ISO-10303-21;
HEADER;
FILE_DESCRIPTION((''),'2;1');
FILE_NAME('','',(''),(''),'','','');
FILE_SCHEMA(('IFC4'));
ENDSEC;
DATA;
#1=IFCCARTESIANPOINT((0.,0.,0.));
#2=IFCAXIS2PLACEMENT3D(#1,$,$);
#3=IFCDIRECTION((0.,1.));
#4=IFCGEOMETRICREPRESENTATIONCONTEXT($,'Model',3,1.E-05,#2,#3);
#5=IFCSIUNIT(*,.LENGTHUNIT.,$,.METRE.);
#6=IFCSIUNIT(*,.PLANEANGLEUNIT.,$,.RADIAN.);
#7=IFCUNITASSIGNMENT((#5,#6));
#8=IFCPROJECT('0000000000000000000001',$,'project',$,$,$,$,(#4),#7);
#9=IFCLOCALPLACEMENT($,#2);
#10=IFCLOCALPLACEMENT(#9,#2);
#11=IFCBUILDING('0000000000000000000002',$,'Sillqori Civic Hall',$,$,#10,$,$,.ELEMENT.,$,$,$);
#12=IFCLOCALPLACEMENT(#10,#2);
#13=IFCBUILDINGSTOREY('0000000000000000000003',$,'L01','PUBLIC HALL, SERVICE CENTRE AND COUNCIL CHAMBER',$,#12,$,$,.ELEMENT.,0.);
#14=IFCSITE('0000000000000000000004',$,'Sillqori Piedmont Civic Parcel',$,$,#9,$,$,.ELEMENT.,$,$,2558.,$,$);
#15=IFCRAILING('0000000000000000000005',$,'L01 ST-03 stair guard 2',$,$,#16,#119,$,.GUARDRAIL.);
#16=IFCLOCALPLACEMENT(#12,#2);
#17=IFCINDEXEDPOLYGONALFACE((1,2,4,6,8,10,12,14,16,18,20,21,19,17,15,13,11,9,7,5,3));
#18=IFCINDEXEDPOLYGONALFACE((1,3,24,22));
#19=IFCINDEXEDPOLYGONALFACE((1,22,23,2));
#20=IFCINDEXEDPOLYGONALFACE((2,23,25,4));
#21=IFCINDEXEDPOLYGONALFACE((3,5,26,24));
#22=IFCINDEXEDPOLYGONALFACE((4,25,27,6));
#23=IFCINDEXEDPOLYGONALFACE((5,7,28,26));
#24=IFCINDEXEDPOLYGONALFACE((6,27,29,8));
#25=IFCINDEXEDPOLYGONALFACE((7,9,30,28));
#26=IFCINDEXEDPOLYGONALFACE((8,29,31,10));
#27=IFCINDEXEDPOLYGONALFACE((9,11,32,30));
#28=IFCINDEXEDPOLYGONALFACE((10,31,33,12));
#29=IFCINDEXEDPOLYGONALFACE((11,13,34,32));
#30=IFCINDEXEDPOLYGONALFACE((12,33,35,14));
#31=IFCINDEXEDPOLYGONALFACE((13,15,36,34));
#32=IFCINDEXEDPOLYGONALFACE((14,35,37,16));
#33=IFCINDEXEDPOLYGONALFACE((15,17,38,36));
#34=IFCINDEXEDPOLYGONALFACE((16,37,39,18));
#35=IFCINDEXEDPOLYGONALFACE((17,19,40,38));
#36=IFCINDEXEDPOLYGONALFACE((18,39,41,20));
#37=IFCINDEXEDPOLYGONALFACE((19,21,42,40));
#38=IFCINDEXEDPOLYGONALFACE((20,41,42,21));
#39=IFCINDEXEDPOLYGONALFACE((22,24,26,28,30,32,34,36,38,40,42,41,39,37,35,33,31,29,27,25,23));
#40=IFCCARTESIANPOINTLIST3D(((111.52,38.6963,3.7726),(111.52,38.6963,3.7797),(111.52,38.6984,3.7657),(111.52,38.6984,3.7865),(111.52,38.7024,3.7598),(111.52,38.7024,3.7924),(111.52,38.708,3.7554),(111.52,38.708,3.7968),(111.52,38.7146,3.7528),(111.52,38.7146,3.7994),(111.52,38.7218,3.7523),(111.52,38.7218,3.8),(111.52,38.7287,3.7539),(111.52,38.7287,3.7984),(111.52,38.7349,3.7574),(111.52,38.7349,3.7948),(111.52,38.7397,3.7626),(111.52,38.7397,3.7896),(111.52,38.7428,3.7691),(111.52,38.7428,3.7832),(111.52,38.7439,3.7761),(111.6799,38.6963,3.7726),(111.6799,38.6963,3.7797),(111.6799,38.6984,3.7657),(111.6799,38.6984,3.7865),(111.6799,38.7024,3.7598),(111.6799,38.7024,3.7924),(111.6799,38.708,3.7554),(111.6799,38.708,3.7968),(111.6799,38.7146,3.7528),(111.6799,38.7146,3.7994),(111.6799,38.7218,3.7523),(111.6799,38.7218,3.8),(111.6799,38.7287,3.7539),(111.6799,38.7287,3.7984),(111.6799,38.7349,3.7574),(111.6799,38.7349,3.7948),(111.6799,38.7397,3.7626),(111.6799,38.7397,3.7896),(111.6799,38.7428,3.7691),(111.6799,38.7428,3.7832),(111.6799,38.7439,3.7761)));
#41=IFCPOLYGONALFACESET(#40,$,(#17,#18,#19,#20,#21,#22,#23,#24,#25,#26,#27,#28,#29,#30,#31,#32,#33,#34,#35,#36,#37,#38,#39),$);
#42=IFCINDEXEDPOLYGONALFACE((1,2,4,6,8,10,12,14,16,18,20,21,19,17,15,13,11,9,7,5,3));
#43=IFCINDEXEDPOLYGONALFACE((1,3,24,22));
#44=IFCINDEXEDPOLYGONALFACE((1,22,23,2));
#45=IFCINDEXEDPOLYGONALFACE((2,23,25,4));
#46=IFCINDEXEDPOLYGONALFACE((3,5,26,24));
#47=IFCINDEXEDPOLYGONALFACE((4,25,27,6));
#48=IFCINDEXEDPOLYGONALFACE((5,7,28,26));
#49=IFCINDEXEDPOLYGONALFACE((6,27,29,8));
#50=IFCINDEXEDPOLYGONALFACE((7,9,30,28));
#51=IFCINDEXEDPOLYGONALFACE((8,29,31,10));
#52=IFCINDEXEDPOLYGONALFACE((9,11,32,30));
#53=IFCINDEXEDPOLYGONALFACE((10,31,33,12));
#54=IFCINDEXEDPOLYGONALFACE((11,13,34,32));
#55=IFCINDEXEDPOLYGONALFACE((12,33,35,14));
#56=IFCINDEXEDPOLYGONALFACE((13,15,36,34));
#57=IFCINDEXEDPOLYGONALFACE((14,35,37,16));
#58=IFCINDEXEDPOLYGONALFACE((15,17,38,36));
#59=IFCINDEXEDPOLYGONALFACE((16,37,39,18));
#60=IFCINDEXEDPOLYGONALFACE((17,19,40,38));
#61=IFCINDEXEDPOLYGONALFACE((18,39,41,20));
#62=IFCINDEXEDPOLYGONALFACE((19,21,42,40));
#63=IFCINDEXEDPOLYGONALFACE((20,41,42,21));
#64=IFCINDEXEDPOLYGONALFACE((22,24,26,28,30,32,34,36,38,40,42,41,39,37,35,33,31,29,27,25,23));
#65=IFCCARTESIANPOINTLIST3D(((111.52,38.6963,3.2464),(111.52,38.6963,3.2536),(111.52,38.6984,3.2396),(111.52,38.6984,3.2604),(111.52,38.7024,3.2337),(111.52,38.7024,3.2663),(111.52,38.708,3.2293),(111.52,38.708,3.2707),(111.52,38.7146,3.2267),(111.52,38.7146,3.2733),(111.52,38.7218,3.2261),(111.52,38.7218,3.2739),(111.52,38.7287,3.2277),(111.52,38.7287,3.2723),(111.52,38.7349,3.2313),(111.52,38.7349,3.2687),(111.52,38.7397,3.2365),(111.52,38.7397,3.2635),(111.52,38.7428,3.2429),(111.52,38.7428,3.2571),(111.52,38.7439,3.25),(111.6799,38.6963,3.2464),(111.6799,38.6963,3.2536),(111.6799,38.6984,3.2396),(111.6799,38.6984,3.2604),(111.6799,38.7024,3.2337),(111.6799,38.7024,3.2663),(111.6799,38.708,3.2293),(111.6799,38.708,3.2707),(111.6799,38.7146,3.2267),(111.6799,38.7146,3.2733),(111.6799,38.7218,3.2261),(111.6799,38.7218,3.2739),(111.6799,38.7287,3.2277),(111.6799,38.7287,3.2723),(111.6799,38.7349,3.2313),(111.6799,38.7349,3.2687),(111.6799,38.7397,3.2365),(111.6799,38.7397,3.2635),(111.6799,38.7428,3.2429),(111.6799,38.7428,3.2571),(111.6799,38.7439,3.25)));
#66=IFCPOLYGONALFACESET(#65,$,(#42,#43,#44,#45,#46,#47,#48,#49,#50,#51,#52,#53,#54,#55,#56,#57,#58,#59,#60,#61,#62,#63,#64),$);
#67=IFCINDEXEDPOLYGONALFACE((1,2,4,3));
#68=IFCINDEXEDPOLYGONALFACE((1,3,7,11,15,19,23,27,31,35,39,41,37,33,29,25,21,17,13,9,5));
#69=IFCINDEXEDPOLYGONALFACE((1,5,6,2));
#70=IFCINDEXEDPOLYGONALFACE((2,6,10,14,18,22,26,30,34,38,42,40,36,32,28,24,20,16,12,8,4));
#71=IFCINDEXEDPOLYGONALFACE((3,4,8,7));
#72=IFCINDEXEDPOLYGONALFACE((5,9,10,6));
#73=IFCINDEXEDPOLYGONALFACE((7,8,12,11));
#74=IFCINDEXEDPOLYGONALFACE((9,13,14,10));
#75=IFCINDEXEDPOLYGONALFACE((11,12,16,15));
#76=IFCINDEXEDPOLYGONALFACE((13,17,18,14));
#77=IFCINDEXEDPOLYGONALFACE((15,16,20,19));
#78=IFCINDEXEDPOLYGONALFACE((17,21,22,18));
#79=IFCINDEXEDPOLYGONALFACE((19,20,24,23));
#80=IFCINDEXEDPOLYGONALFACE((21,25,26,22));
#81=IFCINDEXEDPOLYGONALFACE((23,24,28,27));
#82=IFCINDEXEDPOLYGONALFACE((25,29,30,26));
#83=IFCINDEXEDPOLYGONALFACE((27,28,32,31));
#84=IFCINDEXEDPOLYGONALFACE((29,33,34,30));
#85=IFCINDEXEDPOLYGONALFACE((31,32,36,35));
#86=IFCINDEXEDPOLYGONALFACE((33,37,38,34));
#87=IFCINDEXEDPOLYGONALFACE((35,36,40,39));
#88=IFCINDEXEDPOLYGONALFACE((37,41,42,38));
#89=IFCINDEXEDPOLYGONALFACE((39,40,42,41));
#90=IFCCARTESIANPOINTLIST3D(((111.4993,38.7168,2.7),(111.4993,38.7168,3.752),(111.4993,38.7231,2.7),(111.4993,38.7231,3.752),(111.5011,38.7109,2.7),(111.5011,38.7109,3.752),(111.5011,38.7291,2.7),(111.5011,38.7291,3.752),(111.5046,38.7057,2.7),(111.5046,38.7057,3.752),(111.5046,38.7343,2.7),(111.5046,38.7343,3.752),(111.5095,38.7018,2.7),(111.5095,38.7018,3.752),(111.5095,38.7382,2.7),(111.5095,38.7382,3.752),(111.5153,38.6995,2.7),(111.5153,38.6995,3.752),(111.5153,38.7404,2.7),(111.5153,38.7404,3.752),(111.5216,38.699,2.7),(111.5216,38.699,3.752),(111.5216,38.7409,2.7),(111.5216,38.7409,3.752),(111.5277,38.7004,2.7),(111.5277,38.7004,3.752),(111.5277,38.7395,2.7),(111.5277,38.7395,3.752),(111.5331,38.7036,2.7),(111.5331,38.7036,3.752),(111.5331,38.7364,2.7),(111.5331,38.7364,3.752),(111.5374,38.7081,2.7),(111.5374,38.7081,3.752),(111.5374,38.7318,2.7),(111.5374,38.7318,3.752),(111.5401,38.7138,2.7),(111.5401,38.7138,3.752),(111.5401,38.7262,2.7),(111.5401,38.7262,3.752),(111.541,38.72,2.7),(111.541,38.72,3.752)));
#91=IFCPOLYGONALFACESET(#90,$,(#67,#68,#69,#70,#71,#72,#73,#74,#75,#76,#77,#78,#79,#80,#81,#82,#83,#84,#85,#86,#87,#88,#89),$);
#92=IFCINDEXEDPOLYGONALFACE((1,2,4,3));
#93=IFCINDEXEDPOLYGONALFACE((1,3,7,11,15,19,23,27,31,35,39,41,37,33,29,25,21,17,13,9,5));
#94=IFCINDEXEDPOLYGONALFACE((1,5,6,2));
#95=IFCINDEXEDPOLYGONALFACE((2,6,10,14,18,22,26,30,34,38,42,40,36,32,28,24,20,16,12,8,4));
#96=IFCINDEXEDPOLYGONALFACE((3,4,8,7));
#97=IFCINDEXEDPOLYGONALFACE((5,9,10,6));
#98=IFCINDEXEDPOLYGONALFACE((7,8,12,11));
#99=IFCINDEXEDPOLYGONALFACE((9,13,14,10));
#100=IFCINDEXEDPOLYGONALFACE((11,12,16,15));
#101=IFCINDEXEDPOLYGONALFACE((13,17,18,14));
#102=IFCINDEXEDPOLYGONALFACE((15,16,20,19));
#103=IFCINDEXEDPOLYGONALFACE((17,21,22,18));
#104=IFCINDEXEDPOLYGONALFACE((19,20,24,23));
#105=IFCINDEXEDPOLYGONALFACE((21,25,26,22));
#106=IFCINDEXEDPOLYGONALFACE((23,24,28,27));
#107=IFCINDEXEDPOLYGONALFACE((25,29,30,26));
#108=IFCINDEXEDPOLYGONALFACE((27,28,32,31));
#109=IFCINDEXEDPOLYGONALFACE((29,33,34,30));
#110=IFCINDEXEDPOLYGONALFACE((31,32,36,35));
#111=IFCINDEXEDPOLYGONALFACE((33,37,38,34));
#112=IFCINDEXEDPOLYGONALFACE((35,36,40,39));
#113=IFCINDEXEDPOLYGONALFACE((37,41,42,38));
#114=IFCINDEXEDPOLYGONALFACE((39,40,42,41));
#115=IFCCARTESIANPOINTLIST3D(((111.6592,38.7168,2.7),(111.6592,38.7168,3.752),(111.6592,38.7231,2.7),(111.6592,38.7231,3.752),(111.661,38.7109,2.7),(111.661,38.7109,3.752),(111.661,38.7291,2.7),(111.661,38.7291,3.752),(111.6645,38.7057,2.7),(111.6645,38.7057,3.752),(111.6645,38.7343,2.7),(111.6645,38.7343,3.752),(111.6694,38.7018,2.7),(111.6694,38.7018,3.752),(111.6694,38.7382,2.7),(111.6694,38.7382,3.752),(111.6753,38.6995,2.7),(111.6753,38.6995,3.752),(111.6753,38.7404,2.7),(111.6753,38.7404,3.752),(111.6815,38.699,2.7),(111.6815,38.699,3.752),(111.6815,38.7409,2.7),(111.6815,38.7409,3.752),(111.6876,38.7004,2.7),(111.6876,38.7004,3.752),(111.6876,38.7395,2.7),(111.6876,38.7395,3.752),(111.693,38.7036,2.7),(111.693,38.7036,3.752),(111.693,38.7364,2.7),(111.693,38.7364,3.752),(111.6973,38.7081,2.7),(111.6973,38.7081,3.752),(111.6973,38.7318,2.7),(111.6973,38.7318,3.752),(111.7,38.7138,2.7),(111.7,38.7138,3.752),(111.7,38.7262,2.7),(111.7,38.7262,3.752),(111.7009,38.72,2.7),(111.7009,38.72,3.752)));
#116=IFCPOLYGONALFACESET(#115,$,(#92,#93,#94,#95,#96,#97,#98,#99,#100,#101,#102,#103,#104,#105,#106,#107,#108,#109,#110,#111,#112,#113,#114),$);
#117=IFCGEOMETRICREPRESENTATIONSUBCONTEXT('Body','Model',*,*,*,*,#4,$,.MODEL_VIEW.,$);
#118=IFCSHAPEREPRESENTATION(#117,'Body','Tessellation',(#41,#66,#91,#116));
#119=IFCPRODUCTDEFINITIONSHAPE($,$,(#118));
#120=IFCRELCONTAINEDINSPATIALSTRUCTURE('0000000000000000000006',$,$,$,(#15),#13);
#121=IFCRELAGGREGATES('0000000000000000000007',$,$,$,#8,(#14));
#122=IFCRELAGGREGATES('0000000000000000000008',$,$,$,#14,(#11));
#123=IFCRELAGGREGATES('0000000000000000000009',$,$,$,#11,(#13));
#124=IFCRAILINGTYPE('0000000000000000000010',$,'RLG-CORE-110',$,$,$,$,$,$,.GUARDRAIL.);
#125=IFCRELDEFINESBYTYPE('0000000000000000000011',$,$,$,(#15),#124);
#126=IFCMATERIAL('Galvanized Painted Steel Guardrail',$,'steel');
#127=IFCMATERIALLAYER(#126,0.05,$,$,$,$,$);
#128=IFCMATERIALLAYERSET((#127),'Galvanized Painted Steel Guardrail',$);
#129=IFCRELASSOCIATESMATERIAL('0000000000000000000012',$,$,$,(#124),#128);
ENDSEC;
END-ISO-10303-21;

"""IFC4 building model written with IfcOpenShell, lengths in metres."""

from ifc_helpers import new_model, si_unit, direction, frame, origin, origin_2d, place, context, subcontext, project, spatial, circle, extrude, material, layer, layer_set, type_object, element, save


model = new_model("IFC4")

# Units and contexts
model_context = context("Model", 3, precision=1e-05, world=origin(), true_north=direction((0.0, 1.0)))
body_context = subcontext(model_context, "Body", "Model", "MODEL_VIEW")
ifc_project = project(units=[si_unit("LENGTHUNIT", "METRE"), si_unit("PLANEANGLEUNIT", "RADIAN")], contexts=[model_context])

# Site, building, storey
site_placement = place(None, origin())
site = spatial("IfcSite", under=ifc_project, at=site_placement, Name="Sillqori Piedmont Civic Parcel", CompositionType="ELEMENT", RefElevation=2558.0)
building_placement = place(site_placement, origin())
building = spatial("IfcBuilding", under=site, at=building_placement, Name="Sillqori Civic Hall", CompositionType="ELEMENT")
storey_placement = place(building_placement, origin())
storey = spatial("IfcBuildingStorey", under=building, at=storey_placement, Name="L01", Description="PUBLIC HALL, SERVICE CENTRE AND COUNCIL CHAMBER", CompositionType="ELEMENT", Elevation=0.0)

# Railing
ifc_material_1 = material(Name="Galvanized Painted Steel Guardrail", Category="steel")
ifc_layer_1 = layer(ifc_material_1, 0.05)
ifc_layer_set_1 = layer_set([ifc_layer_1], Name="Galvanized Painted Steel Guardrail")
railing_type_1 = type_object("IfcRailingType", Name="RLG-CORE-110", PredefinedType="GUARDRAIL", material=ifc_layer_set_1)
railing_1_placement = place(storey_placement, frame((111.52, 38.72, 2.7)))
element("IfcRailing", 1, at=railing_1_placement, inside=storey, type_object=railing_type_1, Name="L01 ST-03 stair guard 2", PredefinedType="GUARDRAIL", context=body_context, shape_type="SweptSolid", body=[
    extrude(circle(Radius=0.0239, at=origin_2d()), frame((0.0, 0.0, 1.0762), z_axis=(1.0, 0.0, 0.0), x_axis=(0.0, 1.0, 0.0)), (0.0, 0.0, 1.0), 0.1599),
    extrude(circle(Radius=0.0239, at=origin_2d()), frame((0.0, 0.0, 0.55), z_axis=(1.0, 0.0, 0.0), x_axis=(0.0, 1.0, 0.0)), (0.0, 0.0, 1.0), 0.1599),
    extrude(circle(Radius=0.021, at=origin_2d()), origin(), (0.0, 0.0, 1.0), 1.052),
    extrude(circle(Radius=0.021, at=origin_2d()), frame((0.1599, 0.0, 0.0)), (0.0, 0.0, 1.0), 1.052),
])

save(model, "model.ifc")
